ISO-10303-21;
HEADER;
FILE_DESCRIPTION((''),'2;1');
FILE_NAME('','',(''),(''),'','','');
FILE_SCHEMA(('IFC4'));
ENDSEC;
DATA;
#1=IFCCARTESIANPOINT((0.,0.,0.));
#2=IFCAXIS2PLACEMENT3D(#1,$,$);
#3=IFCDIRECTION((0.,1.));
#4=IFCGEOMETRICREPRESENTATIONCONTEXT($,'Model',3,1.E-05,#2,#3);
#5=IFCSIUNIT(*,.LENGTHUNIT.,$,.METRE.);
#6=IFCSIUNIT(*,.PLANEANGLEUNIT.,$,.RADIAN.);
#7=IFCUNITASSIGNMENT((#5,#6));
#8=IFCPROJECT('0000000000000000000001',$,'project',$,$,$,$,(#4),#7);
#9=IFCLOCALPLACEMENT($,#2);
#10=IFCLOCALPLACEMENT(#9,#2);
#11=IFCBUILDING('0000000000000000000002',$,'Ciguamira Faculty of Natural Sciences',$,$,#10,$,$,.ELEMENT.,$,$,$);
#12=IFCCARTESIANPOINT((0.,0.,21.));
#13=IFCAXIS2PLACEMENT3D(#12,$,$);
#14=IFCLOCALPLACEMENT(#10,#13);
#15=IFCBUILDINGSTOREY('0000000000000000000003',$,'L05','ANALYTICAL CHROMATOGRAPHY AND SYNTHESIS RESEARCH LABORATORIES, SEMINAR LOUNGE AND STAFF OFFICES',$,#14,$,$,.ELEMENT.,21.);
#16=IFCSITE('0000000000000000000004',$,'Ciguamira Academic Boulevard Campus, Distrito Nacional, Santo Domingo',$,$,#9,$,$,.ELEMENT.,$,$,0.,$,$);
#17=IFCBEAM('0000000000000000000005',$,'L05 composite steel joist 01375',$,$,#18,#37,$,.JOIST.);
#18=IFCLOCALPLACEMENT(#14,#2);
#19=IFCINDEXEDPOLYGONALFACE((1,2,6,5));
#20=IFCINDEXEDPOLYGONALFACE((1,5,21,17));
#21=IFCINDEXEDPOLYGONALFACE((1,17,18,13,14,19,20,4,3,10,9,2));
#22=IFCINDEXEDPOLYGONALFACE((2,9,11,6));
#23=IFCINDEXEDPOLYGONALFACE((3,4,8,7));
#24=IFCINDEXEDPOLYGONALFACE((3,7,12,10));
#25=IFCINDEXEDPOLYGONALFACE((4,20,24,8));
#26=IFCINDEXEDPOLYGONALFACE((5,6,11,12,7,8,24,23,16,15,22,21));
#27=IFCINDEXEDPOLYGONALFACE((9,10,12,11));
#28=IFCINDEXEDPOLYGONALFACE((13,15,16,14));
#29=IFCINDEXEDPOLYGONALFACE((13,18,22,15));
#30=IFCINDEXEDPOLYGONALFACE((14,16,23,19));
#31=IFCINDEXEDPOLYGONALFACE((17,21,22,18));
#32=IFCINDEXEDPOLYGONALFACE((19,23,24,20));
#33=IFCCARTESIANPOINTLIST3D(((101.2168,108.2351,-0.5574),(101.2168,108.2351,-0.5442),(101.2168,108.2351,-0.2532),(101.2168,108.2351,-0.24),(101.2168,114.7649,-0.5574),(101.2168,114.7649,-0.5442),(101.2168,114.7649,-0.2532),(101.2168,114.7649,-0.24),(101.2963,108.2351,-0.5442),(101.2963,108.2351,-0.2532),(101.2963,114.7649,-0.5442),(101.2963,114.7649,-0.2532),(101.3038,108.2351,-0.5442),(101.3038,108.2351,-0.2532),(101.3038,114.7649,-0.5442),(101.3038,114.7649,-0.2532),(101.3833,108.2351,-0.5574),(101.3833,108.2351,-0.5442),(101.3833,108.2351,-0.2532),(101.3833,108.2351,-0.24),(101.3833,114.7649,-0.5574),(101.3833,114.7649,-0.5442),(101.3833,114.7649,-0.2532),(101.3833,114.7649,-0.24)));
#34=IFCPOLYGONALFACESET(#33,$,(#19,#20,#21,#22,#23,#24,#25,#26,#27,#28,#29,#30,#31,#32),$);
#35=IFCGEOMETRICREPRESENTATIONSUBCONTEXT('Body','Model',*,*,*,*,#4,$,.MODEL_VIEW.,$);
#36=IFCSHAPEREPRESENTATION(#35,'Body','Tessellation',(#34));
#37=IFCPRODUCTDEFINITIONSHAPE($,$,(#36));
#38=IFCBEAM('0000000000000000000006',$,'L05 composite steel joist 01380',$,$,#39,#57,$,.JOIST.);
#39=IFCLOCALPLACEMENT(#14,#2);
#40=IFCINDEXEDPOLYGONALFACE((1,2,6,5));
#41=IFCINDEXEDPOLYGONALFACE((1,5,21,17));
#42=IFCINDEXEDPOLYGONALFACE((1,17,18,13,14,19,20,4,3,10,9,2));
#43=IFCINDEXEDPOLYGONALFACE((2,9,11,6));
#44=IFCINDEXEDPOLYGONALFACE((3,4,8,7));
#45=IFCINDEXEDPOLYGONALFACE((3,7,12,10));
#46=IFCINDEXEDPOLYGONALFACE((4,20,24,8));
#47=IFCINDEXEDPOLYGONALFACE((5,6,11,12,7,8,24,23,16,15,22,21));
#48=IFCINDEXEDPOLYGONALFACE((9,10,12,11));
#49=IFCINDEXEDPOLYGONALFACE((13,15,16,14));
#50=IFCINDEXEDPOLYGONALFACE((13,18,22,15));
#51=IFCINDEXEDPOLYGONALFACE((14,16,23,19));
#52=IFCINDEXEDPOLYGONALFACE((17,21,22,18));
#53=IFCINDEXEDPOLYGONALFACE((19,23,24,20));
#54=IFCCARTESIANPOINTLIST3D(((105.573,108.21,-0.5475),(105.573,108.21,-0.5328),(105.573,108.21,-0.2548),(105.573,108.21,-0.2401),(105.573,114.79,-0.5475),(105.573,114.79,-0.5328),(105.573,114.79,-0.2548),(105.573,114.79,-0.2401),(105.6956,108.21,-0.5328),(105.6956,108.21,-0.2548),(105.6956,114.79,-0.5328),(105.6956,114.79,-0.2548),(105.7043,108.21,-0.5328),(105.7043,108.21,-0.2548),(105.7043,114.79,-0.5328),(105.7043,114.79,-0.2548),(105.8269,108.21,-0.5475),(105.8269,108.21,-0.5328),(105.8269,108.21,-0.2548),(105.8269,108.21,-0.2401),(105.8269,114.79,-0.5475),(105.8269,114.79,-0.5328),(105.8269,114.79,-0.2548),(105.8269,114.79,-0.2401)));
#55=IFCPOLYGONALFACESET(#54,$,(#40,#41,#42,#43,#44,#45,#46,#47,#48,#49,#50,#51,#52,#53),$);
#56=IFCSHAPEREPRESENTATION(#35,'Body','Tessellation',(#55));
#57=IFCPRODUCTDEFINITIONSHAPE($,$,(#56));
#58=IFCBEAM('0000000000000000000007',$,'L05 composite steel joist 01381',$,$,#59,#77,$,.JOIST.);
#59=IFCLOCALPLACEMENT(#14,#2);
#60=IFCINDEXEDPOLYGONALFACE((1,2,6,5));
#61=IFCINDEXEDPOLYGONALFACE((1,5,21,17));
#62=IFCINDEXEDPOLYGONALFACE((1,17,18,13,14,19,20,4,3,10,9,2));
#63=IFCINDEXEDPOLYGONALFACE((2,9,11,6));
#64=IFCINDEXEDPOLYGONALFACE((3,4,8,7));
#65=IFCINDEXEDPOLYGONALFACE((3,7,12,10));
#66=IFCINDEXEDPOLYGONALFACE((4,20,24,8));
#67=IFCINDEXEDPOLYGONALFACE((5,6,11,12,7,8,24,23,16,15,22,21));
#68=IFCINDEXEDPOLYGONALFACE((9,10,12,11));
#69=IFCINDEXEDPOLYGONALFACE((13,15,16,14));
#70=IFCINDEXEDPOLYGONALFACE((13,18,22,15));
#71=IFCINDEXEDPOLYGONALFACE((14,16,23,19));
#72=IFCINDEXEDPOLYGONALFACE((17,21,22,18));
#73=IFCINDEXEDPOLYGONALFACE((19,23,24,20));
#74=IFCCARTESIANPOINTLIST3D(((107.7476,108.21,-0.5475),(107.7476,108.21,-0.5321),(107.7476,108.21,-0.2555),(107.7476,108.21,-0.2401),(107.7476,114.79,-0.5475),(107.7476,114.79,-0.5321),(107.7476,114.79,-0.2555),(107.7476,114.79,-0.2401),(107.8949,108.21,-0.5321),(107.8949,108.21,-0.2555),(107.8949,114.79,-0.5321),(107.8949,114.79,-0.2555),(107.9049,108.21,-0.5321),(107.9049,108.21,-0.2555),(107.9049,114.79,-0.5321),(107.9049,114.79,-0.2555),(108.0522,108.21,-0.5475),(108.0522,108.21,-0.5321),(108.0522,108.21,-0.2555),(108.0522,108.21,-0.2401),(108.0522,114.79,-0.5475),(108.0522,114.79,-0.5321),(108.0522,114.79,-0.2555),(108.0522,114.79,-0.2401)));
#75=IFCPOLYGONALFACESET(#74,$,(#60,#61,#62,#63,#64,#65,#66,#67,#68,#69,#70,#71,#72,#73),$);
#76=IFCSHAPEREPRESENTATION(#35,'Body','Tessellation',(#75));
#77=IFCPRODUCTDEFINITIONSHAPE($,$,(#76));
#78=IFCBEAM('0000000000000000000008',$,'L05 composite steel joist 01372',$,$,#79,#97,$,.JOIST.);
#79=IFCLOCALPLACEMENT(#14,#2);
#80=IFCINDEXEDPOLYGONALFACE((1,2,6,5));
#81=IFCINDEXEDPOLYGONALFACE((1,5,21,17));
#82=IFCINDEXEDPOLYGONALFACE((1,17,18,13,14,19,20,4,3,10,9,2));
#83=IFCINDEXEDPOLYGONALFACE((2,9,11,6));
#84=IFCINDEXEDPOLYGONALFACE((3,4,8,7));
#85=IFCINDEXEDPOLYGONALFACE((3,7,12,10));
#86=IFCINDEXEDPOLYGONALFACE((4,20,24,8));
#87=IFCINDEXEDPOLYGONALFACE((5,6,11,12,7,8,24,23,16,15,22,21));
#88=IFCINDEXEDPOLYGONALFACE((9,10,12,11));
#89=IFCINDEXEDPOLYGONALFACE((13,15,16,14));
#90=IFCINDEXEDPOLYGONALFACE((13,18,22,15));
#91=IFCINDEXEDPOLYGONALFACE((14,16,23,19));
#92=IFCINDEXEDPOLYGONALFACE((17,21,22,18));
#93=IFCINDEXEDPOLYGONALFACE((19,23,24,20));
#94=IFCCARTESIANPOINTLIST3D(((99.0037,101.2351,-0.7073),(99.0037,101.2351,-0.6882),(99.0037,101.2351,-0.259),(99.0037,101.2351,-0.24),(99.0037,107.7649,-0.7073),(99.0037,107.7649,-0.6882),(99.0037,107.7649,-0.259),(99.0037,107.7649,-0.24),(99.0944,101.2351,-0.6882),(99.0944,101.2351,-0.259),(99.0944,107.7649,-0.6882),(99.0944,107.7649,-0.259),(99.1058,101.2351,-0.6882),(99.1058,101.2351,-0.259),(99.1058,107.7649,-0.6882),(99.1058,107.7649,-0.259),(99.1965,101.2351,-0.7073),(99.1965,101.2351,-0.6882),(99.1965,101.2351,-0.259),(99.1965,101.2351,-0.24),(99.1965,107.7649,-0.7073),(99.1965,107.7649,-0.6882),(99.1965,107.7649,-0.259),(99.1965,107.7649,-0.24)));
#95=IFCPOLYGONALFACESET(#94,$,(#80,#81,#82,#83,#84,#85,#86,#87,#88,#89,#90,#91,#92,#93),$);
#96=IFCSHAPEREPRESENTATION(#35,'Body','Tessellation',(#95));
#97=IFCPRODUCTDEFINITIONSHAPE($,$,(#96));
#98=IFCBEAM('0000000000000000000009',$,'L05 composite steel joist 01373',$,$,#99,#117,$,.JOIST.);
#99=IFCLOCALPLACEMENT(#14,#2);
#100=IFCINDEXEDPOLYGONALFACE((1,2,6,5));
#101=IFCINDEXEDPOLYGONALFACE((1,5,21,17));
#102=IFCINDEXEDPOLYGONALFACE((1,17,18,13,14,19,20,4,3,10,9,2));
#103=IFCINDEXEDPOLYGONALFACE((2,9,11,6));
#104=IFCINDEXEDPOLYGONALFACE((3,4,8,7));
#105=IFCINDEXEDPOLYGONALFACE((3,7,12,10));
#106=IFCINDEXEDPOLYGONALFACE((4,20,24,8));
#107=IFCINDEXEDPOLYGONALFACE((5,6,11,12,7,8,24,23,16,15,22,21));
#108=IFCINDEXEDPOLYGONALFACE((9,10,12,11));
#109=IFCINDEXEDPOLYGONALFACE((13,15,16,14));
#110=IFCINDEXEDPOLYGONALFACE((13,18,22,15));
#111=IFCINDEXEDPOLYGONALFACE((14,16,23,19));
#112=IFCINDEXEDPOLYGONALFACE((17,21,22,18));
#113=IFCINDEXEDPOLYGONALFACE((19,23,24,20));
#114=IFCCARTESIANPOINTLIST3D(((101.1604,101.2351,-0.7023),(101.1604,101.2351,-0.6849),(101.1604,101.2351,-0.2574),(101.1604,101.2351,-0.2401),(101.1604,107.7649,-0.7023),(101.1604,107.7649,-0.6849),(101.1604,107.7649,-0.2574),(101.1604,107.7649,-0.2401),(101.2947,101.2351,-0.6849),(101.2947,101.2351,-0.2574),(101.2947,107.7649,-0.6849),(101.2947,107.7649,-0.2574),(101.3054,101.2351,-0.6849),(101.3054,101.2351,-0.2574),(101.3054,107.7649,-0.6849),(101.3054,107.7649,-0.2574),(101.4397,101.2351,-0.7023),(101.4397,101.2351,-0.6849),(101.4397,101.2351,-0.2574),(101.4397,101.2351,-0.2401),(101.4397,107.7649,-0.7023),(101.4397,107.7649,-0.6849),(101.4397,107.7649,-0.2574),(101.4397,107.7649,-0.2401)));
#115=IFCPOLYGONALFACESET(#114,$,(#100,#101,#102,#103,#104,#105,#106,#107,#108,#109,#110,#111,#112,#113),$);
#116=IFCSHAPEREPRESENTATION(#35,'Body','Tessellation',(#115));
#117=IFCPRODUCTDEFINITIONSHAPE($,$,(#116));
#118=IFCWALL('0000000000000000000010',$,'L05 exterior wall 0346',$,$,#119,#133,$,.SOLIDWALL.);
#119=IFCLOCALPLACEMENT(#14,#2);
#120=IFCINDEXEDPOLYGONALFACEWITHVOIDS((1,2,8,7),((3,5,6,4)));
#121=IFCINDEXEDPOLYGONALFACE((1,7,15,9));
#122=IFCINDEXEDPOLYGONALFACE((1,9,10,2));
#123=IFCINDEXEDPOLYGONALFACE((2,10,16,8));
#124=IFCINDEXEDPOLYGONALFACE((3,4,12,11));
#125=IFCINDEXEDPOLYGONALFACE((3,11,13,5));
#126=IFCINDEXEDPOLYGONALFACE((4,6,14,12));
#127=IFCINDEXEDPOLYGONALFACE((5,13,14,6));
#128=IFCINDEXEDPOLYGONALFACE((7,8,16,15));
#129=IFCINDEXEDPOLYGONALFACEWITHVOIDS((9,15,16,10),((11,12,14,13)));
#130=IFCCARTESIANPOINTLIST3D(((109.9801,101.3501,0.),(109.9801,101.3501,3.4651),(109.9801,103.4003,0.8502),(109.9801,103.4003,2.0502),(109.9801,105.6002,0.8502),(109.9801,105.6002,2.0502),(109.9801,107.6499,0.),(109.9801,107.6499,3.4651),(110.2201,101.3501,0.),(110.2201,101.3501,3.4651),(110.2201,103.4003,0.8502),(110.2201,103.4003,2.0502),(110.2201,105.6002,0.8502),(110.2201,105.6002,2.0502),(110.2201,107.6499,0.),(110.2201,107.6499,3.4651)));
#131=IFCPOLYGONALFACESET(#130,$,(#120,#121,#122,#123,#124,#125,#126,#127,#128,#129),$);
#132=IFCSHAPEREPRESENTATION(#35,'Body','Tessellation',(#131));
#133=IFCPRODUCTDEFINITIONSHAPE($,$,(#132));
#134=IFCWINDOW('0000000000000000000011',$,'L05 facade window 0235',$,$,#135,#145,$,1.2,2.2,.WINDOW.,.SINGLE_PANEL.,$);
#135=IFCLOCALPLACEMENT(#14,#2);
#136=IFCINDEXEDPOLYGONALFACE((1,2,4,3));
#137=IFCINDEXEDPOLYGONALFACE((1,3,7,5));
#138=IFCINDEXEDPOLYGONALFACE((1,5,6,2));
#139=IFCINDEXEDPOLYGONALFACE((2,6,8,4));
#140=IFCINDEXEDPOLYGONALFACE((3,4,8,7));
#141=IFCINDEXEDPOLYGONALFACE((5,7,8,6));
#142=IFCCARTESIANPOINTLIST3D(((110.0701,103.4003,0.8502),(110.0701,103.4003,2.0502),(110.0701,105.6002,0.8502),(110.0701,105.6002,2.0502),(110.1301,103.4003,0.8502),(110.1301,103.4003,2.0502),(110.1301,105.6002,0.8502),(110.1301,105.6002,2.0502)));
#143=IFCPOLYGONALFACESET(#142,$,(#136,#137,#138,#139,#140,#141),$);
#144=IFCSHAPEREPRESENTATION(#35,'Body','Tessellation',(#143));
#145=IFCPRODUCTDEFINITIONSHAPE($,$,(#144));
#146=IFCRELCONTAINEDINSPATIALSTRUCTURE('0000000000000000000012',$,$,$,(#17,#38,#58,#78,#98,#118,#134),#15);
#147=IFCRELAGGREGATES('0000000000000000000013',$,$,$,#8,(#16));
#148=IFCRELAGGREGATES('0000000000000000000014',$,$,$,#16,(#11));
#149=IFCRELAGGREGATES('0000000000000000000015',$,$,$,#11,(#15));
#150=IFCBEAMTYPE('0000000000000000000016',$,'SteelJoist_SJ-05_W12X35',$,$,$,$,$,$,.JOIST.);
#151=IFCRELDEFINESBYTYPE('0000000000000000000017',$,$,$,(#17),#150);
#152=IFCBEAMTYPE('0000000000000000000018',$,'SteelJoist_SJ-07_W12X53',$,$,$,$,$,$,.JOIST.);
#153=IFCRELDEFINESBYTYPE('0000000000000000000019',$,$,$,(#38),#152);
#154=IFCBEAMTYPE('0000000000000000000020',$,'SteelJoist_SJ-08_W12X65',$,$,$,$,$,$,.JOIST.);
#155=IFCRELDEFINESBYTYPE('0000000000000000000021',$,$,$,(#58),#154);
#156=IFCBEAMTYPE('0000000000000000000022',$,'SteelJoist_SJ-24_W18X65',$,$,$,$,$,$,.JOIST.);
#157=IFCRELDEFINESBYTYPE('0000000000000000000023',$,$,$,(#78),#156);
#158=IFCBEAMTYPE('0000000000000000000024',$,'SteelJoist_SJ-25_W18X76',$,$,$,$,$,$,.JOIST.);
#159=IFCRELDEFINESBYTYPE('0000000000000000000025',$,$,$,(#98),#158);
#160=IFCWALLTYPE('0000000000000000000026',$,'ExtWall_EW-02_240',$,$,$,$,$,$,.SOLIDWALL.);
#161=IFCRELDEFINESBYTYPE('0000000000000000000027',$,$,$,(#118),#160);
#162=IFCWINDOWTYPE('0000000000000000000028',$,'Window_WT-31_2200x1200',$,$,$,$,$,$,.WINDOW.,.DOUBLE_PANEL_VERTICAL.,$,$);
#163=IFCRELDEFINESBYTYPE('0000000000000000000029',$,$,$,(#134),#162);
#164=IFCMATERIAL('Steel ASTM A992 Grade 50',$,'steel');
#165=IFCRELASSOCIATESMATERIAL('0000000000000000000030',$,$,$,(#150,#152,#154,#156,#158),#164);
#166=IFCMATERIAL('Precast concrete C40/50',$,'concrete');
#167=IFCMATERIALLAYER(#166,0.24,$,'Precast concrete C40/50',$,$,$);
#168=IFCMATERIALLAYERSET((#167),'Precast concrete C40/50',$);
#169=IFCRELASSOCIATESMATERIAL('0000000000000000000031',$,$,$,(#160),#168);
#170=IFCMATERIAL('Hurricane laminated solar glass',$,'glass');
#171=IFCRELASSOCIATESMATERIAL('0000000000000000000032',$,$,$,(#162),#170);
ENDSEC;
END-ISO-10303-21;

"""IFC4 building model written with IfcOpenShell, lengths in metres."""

from ifc_helpers import new_model, si_unit, direction, frame, frame_2d, origin, origin_2d, place, context, subcontext, project, spatial, rectangle, i_section, extrude, material, layer, layer_set, material_profile, profile_set, type_object, element, fill, save


model = new_model("IFC4")

# Units and contexts
model_context = context("Model", 3, precision=1e-05, world=origin(), true_north=direction((0.0, 1.0)))
body_context = subcontext(model_context, "Body", "Model", "MODEL_VIEW")
ifc_project = project(units=[si_unit("LENGTHUNIT", "METRE"), si_unit("PLANEANGLEUNIT", "RADIAN")], contexts=[model_context])

# Site, building, storey
site_placement = place(None, origin())
site = spatial("IfcSite", under=ifc_project, at=site_placement, Name="Ciguamira Academic Boulevard Campus, Distrito Nacional, Santo Domingo", CompositionType="ELEMENT", RefElevation=0.0)
building_placement = place(site_placement, origin())
building = spatial("IfcBuilding", under=site, at=building_placement, Name="Ciguamira Faculty of Natural Sciences", CompositionType="ELEMENT")
storey_placement = place(building_placement, frame((0.0, 0.0, 21.0)))
storey = spatial("IfcBuildingStorey", under=building, at=storey_placement, Name="L05", Description="ANALYTICAL CHROMATOGRAPHY AND SYNTHESIS RESEARCH LABORATORIES, SEMINAR LOUNGE AND STAFF OFFICES", CompositionType="ELEMENT", Elevation=21.0)

# Beams
ifc_material_1 = material(Name="Precast concrete C40/50", Category="concrete")
ifc_material_2 = material(Name="Steel ASTM A992 Grade 50", Category="steel")
ifc_material_profile_1 = material_profile(ifc_material_2, i_section(OverallWidth=0.1665, OverallDepth=0.3174, WebThickness=0.0076, FlangeThickness=0.0132, at=origin_2d()), Name="W12X35")
ifc_profile_set_1 = profile_set([ifc_material_profile_1], Name="Steel ASTM A992 Grade 50")
beam_type_1 = type_object("IfcBeamType", Name="SteelJoist_SJ-05_W12X35", PredefinedType="JOIST", material=ifc_profile_set_1)
beam_1_placement = place(storey_placement, frame((101.3, 108.2351, -0.3987), z_axis=(0.0, 1.0, 0.0), x_axis=(-1.0, 0.0, 0.0)))
element("IfcBeam", 1, at=beam_1_placement, inside=storey, type_object=beam_type_1, Name="L05 composite steel joist 01375", PredefinedType="JOIST", context=body_context, shape_type="SweptSolid", body=[
    extrude(i_section(OverallWidth=0.1665, OverallDepth=0.3174, WebThickness=0.0076, FlangeThickness=0.0132, at=origin_2d()), origin(), (0.0, 0.0, 1.0), 6.5298),
])
ifc_material_profile_2 = material_profile(ifc_material_2, i_section(OverallWidth=0.2539, OverallDepth=0.3074, WebThickness=0.0088, FlangeThickness=0.0146, at=origin_2d()), Name="W12X53")
ifc_profile_set_2 = profile_set([ifc_material_profile_2], Name="Steel ASTM A992 Grade 50")
beam_type_2 = type_object("IfcBeamType", Name="SteelJoist_SJ-07_W12X53", PredefinedType="JOIST", material=ifc_profile_set_2)
beam_2_placement = place(storey_placement, frame((105.7, 108.21, -0.3938), z_axis=(0.0, 1.0, 0.0), x_axis=(-1.0, 0.0, 0.0)))
element("IfcBeam", 2, at=beam_2_placement, inside=storey, type_object=beam_type_2, Name="L05 composite steel joist 01380", PredefinedType="JOIST", context=body_context, shape_type="SweptSolid", body=[
    extrude(i_section(OverallWidth=0.2539, OverallDepth=0.3074, WebThickness=0.0088, FlangeThickness=0.0146, at=origin_2d()), origin(), (0.0, 0.0, 1.0), 6.5801),
])
ifc_material_profile_3 = material_profile(ifc_material_2, i_section(OverallWidth=0.3047, OverallDepth=0.3074, WebThickness=0.01, FlangeThickness=0.0154, at=origin_2d()), Name="W12X65")
ifc_profile_set_3 = profile_set([ifc_material_profile_3], Name="Steel ASTM A992 Grade 50")
beam_type_3 = type_object("IfcBeamType", Name="SteelJoist_SJ-08_W12X65", PredefinedType="JOIST", material=ifc_profile_set_3)
beam_3_placement = place(storey_placement, frame((107.8999, 108.21, -0.3938), z_axis=(0.0, 1.0, 0.0), x_axis=(-1.0, 0.0, 0.0)))
element("IfcBeam", 3, at=beam_3_placement, inside=storey, type_object=beam_type_3, Name="L05 composite steel joist 01381", PredefinedType="JOIST", context=body_context, shape_type="SweptSolid", body=[
    extrude(i_section(OverallWidth=0.3047, OverallDepth=0.3074, WebThickness=0.01, FlangeThickness=0.0154, at=origin_2d()), origin(), (0.0, 0.0, 1.0), 6.5801),
])
ifc_material_profile_4 = material_profile(ifc_material_2, i_section(OverallWidth=0.1929, OverallDepth=0.4673, WebThickness=0.0115, FlangeThickness=0.019, at=origin_2d()), Name="W18X65")
ifc_profile_set_4 = profile_set([ifc_material_profile_4], Name="Steel ASTM A992 Grade 50")
beam_type_4 = type_object("IfcBeamType", Name="SteelJoist_SJ-24_W18X65", PredefinedType="JOIST", material=ifc_profile_set_4)
beam_4_placement = place(storey_placement, frame((99.1001, 101.2351, -0.4736), z_axis=(0.0, 1.0, 0.0), x_axis=(-1.0, 0.0, 0.0)))
element("IfcBeam", 4, at=beam_4_placement, inside=storey, type_object=beam_type_4, Name="L05 composite steel joist 01372", PredefinedType="JOIST", context=body_context, shape_type="SweptSolid", body=[
    extrude(i_section(OverallWidth=0.1929, OverallDepth=0.4673, WebThickness=0.0115, FlangeThickness=0.019, at=origin_2d()), origin(), (0.0, 0.0, 1.0), 6.5298),
])
ifc_material_profile_5 = material_profile(ifc_material_2, i_section(OverallWidth=0.2793, OverallDepth=0.4622, WebThickness=0.0107, FlangeThickness=0.0173, at=origin_2d()), Name="W18X76")
ifc_profile_set_5 = profile_set([ifc_material_profile_5], Name="Steel ASTM A992 Grade 50")
beam_type_5 = type_object("IfcBeamType", Name="SteelJoist_SJ-25_W18X76", PredefinedType="JOIST", material=ifc_profile_set_5)
beam_5_placement = place(storey_placement, frame((101.3, 101.2351, -0.4712), z_axis=(0.0, 1.0, 0.0), x_axis=(-1.0, 0.0, 0.0)))
element("IfcBeam", 5, at=beam_5_placement, inside=storey, type_object=beam_type_5, Name="L05 composite steel joist 01373", PredefinedType="JOIST", context=body_context, shape_type="SweptSolid", body=[
    extrude(i_section(OverallWidth=0.2793, OverallDepth=0.4622, WebThickness=0.0107, FlangeThickness=0.0173, at=origin_2d()), origin(), (0.0, 0.0, 1.0), 6.5298),
])

# Wall, opening, window
ifc_layer_1 = layer(ifc_material_1, 0.24, Name="Precast concrete C40/50")
ifc_layer_set_1 = layer_set([ifc_layer_1], Name="Precast concrete C40/50")
wall_type_1 = type_object("IfcWallType", Name="ExtWall_EW-02_240", PredefinedType="SOLIDWALL", material=ifc_layer_set_1)
wall_1_placement = place(storey_placement, frame((110.1001, 101.3501, 0.0), z_axis=(0.0, 0.0, 1.0), x_axis=(0.0, 1.0, 0.0)))
wall_1 = element("IfcWall", 6, at=wall_1_placement, inside=storey, type_object=wall_type_1, Name="L05 exterior wall 0346", PredefinedType="SOLIDWALL", context=body_context, shape_type="SweptSolid", body=[
    extrude(rectangle(XDim=6.2998, YDim=0.24, at=frame_2d((3.1499, 0.0))), origin(), (0.0, 0.0, 1.0), 3.4651),
])
opening_1_placement = place(wall_1_placement, frame((2.05, 0.0, 0.8501)))
opening_1 = element("IfcOpeningElement", 7, at=opening_1_placement, cuts=wall_1, PredefinedType="OPENING", context=body_context, shape_type="SweptSolid", body=[
    extrude(rectangle(XDim=2.2, YDim=1.2, at=frame_2d((1.1001, 0.6001))), frame((0.0, 0.1299, 0.0), z_axis=(0.0, -1.0, 0.0), x_axis=(1.0, 0.0, 0.0)), (0.0, 0.0, 1.0), 0.26),
])
ifc_material_3 = material(Name="Hurricane laminated solar glass", Category="glass")
window_type_1 = type_object("IfcWindowType", Name="Window_WT-31_2200x1200", PartitioningType="DOUBLE_PANEL_VERTICAL", PredefinedType="WINDOW", material=ifc_material_3)
window_1_placement = place(opening_1_placement, origin())
window_1 = element("IfcWindow", 8, at=window_1_placement, inside=storey, type_object=window_type_1, Name="L05 facade window 0235", OverallHeight=1.2, OverallWidth=2.2, PartitioningType="SINGLE_PANEL", PredefinedType="WINDOW", context=body_context, shape_type="SweptSolid", body=[
    extrude(rectangle(XDim=2.2, YDim=1.2, at=frame_2d((1.1001, 0.6001))), frame((0.0, 0.03, 0.0), z_axis=(0.0, -1.0, 0.0), x_axis=(1.0, 0.0, 0.0)), (0.0, 0.0, 1.0), 0.0601),
])
fill(opening_1, window_1)

save(model, "model.ifc")
